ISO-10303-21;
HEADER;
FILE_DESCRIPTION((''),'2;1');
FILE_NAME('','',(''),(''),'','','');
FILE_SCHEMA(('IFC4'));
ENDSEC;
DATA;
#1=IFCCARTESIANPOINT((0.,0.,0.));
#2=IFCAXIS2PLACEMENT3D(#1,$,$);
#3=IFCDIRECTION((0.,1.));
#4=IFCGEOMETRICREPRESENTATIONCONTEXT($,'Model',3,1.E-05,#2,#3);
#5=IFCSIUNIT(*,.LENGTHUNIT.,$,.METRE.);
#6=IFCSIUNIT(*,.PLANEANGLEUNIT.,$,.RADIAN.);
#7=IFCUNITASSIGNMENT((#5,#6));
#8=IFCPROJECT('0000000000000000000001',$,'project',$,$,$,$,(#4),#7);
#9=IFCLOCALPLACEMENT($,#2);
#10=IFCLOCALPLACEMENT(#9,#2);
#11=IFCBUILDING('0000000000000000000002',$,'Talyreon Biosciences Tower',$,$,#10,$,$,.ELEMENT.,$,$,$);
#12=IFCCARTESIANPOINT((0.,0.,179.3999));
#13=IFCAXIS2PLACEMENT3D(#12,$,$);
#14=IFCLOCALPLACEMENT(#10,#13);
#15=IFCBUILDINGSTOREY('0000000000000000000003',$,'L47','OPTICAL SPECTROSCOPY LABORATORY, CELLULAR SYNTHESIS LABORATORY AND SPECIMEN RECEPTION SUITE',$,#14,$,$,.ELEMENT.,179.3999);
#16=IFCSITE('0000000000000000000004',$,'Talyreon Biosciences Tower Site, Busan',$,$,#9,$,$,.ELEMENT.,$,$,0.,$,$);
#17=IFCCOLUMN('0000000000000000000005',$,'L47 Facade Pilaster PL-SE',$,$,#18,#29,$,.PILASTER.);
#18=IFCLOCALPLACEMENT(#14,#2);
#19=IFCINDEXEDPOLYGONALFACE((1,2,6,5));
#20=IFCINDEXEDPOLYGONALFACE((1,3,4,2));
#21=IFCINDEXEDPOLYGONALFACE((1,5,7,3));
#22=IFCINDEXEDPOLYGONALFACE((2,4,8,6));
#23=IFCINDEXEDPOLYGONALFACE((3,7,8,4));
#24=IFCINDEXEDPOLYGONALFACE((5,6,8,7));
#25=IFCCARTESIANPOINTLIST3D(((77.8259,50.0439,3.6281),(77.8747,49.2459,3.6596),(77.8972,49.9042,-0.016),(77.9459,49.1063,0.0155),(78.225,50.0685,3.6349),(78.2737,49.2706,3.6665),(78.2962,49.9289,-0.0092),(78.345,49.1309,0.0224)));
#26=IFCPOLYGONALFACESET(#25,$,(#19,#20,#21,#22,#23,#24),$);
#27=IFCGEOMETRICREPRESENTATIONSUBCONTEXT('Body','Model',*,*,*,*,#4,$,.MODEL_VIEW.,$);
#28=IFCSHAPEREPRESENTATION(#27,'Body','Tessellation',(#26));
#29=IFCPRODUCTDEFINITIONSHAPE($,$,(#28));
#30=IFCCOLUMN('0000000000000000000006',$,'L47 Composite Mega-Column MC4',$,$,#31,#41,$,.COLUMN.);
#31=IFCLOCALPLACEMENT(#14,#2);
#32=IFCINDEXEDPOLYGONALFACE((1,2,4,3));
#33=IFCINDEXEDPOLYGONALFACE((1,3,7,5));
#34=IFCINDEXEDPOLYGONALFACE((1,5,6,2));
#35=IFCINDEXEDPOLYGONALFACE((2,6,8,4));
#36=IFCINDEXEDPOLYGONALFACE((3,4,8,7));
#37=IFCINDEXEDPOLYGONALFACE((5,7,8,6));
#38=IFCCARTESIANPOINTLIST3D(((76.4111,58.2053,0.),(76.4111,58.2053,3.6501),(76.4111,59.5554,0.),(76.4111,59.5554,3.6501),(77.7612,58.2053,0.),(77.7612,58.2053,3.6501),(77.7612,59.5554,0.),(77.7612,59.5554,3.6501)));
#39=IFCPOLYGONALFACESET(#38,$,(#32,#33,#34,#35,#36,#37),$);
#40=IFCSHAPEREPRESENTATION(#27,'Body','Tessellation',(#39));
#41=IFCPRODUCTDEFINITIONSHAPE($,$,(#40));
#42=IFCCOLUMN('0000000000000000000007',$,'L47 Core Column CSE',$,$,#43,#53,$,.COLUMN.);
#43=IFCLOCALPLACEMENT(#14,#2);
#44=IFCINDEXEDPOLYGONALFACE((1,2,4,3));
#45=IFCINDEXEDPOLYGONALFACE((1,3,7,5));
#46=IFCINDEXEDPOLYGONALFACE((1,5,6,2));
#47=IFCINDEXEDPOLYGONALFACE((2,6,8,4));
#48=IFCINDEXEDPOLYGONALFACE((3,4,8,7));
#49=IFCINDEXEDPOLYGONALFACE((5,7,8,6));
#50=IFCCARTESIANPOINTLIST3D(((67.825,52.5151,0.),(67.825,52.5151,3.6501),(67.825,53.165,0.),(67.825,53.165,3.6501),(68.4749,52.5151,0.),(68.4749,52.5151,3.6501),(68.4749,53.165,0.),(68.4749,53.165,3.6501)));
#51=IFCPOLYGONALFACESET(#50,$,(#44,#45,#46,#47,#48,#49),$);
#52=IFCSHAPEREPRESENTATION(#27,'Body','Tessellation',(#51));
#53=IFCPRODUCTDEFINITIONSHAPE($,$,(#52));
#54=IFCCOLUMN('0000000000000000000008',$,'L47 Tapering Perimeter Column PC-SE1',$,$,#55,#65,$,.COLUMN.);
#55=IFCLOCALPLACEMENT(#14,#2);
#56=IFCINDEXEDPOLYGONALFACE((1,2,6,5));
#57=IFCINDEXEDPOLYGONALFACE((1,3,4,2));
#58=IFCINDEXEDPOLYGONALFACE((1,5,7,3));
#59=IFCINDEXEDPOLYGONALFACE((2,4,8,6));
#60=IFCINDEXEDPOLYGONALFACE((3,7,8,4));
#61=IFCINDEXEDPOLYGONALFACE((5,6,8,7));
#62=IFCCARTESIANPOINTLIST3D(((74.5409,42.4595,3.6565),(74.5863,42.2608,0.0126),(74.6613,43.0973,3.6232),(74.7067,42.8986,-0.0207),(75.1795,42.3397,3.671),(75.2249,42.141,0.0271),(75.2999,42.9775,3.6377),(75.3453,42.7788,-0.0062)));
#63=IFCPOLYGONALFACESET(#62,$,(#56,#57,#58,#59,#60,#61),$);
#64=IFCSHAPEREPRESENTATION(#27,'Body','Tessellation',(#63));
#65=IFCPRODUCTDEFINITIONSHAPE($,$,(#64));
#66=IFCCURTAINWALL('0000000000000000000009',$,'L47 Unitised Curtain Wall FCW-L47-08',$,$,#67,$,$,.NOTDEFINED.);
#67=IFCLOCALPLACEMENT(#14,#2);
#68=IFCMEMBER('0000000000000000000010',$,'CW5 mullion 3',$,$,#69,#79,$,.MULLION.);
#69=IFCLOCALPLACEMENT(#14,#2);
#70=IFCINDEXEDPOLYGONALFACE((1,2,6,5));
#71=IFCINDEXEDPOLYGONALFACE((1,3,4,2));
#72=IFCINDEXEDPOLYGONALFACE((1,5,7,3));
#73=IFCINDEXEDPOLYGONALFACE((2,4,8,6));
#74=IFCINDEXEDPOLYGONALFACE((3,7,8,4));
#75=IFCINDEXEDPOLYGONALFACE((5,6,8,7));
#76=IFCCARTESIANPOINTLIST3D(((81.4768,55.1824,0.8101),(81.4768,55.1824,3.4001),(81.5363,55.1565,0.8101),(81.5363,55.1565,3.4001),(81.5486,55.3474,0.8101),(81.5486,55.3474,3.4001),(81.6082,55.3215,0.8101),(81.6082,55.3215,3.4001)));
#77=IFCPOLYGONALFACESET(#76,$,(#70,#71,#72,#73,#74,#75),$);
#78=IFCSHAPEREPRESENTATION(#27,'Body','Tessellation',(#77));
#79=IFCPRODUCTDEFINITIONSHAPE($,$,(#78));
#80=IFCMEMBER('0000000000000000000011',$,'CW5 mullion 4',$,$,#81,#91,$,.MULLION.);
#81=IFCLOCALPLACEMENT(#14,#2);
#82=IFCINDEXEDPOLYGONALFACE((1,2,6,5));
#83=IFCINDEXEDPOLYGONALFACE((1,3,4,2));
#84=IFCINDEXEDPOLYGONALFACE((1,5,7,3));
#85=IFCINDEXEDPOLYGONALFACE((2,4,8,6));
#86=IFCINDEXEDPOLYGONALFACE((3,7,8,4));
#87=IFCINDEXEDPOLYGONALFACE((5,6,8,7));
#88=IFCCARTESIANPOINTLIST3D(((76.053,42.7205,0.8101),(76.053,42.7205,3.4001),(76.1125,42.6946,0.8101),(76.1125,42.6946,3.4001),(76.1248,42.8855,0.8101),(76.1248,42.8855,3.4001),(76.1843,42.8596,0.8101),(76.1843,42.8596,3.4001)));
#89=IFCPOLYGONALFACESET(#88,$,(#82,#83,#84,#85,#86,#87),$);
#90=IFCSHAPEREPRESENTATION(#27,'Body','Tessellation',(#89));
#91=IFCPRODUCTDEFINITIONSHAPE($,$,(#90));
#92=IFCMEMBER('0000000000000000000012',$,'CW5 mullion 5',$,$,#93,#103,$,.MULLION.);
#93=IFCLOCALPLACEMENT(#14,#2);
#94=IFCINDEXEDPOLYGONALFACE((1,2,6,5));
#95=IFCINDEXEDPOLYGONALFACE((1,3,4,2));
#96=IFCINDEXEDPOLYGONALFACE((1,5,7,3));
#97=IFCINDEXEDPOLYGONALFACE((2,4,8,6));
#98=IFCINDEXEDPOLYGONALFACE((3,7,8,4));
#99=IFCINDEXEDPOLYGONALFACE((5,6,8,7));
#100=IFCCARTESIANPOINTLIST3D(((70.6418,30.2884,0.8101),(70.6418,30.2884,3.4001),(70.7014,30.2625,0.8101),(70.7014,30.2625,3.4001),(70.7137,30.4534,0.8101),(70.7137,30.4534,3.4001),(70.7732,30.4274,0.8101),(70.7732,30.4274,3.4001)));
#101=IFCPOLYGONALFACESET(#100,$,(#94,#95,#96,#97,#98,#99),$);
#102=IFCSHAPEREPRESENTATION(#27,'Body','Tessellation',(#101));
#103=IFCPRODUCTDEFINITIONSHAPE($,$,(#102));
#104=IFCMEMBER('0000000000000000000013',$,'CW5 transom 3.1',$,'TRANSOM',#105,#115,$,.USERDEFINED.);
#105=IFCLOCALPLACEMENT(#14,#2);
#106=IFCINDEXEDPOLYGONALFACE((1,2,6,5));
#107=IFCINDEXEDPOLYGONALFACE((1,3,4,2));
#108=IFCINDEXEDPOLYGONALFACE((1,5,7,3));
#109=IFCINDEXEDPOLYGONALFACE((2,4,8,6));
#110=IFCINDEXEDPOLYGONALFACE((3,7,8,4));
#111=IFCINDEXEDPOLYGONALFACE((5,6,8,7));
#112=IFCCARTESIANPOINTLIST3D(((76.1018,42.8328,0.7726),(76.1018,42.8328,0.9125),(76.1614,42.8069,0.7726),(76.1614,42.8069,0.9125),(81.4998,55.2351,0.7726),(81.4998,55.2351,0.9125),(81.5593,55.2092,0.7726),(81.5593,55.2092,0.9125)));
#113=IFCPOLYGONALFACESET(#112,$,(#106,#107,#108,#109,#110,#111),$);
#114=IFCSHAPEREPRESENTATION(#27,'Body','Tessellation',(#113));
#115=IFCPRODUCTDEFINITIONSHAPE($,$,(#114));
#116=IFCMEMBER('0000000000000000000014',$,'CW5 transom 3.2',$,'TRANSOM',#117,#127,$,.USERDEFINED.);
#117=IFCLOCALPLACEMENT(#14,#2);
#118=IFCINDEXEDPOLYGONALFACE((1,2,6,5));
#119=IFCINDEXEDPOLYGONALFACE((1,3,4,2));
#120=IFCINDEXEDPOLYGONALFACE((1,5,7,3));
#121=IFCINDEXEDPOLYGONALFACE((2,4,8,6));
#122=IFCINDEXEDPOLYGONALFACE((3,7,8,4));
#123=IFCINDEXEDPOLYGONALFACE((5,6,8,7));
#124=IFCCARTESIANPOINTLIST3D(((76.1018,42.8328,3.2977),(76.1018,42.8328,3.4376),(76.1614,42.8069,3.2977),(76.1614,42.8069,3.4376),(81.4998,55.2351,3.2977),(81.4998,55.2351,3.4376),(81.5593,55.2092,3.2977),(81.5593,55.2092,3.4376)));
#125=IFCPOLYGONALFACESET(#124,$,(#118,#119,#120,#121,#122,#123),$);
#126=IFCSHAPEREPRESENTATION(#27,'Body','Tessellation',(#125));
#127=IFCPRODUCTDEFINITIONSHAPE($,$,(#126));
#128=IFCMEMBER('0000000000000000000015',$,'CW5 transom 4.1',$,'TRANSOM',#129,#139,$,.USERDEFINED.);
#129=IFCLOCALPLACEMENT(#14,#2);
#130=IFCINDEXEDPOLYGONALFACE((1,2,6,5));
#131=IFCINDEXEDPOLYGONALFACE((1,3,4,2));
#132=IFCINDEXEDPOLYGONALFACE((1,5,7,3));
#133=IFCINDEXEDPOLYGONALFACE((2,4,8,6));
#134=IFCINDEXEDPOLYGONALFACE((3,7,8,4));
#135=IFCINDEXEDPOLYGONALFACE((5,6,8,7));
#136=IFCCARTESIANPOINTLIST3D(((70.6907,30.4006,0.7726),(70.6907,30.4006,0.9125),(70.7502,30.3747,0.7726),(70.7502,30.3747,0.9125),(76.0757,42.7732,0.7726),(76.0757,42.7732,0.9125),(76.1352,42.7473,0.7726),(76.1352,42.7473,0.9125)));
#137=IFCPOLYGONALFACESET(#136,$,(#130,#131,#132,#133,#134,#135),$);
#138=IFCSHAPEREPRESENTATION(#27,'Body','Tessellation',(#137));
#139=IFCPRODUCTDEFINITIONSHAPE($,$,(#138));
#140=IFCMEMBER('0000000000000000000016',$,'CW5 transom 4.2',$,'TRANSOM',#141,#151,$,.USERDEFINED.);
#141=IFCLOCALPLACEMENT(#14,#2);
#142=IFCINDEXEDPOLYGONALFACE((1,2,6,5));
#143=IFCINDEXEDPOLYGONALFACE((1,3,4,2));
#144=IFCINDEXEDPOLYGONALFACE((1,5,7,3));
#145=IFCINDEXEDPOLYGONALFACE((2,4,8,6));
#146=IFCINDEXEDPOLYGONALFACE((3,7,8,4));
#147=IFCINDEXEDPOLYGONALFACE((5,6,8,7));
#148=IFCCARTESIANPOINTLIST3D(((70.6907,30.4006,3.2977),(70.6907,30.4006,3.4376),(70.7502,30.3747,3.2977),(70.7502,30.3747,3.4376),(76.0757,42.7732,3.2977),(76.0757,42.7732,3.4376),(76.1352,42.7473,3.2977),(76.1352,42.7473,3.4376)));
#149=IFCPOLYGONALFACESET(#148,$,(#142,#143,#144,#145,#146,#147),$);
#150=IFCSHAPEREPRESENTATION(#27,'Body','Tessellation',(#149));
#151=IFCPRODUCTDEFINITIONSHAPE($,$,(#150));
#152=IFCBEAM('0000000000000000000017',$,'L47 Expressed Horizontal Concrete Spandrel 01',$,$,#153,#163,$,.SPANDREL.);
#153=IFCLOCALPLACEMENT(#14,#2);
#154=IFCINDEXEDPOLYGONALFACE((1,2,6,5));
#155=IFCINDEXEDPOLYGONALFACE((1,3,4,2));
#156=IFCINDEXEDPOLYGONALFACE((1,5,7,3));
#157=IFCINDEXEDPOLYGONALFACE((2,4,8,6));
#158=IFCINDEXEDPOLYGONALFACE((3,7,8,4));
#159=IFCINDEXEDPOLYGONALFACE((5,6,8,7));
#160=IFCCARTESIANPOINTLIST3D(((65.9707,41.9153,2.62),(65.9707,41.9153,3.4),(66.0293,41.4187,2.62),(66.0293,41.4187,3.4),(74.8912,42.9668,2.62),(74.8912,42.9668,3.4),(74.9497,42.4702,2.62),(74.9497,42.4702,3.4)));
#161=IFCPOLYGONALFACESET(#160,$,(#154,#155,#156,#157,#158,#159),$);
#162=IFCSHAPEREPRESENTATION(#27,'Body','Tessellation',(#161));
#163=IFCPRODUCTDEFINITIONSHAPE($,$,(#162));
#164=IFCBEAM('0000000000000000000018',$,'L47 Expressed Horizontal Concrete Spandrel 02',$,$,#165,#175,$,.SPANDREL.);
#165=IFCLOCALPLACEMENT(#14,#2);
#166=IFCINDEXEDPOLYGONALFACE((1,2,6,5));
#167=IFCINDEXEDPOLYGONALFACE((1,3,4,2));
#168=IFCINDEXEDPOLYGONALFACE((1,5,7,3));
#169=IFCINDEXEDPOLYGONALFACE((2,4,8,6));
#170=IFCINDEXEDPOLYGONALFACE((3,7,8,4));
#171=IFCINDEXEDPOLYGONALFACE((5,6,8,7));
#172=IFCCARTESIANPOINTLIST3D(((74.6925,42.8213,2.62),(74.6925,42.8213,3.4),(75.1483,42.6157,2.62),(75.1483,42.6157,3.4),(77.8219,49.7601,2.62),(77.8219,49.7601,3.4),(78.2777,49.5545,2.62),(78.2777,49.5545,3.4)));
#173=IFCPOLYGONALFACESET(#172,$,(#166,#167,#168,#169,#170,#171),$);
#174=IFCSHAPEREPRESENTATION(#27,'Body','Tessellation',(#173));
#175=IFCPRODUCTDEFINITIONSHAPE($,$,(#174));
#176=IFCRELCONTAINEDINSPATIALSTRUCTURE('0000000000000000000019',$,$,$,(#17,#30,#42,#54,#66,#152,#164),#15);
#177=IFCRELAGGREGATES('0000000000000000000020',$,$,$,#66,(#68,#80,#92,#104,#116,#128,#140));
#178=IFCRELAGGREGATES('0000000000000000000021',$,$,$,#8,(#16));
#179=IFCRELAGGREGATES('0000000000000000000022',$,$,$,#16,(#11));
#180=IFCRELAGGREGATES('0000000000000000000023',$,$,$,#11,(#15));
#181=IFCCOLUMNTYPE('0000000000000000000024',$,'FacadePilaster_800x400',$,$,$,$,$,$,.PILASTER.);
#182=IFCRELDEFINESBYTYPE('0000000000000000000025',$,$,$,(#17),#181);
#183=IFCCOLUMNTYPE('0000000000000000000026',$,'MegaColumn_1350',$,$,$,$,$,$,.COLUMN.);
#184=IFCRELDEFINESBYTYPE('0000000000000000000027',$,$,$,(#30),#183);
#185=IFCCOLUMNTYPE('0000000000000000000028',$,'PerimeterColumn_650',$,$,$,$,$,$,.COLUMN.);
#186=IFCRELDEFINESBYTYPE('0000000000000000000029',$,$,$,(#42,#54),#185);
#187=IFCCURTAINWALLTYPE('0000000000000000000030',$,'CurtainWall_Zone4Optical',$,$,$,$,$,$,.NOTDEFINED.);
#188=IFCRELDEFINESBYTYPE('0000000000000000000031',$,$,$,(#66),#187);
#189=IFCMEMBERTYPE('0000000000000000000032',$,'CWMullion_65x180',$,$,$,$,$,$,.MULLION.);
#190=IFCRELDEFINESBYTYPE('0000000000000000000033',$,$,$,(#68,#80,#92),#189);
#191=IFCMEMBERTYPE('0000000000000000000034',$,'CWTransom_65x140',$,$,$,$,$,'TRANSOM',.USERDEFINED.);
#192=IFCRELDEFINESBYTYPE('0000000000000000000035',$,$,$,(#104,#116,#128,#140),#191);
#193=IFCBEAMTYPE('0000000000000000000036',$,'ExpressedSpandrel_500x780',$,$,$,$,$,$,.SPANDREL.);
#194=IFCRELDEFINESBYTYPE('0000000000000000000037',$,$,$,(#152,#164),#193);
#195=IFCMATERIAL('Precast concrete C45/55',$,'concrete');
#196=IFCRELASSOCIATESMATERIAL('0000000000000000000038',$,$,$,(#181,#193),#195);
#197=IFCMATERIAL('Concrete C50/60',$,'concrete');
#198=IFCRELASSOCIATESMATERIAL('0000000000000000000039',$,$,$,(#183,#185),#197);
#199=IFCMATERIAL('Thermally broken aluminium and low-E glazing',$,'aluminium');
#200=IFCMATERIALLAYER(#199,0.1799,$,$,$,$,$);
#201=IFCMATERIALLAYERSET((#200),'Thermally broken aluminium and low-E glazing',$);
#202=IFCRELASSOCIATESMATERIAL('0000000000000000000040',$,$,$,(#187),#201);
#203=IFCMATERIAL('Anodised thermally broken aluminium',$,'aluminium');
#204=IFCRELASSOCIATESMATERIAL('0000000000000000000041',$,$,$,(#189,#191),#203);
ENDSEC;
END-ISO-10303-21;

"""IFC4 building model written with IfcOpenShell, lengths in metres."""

from ifc_helpers import new_model, si_unit, direction, frame, origin, origin_2d, place, context, subcontext, project, spatial, rectangle, extrude, material, layer, layer_set, material_profile, profile_set, type_object, element, aggregate, save


model = new_model("IFC4")

# Units and contexts
model_context = context("Model", 3, precision=1e-05, world=origin(), true_north=direction((0.0, 1.0)))
body_context = subcontext(model_context, "Body", "Model", "MODEL_VIEW")
ifc_project = project(units=[si_unit("LENGTHUNIT", "METRE"), si_unit("PLANEANGLEUNIT", "RADIAN")], contexts=[model_context])

# Site, building, storey
site_placement = place(None, origin())
site = spatial("IfcSite", under=ifc_project, at=site_placement, Name="Talyreon Biosciences Tower Site, Busan", CompositionType="ELEMENT", RefElevation=0.0)
building_placement = place(site_placement, origin())
building = spatial("IfcBuilding", under=site, at=building_placement, Name="Talyreon Biosciences Tower", CompositionType="ELEMENT")
storey_placement = place(building_placement, frame((0.0, 0.0, 179.3999)))
storey = spatial("IfcBuildingStorey", under=building, at=storey_placement, Name="L47", Description="OPTICAL SPECTROSCOPY LABORATORY, CELLULAR SYNTHESIS LABORATORY AND SPECIMEN RECEPTION SUITE", CompositionType="ELEMENT", Elevation=179.3999)

# Columns
ifc_material_1 = material(Name="Precast concrete C45/55", Category="concrete")
ifc_material_profile_1 = material_profile(ifc_material_1, rectangle(XDim=0.8, YDim=0.3999, at=origin_2d()), Name="RC 800x400")
ifc_profile_set_1 = profile_set([ifc_material_profile_1], Name="Precast concrete C45/55")
column_type_1 = type_object("IfcColumnType", Name="FacadePilaster_800x400", PredefinedType="PILASTER", material=ifc_profile_set_1)
column_1_placement = place(storey_placement, frame((78.1211, 49.5176, 0.0032), z_axis=(-0.019545, 0.038287, 0.999076), x_axis=(0.060974, -0.997361, 0.039414)))
element("IfcColumn", 1, at=column_1_placement, inside=storey, type_object=column_type_1, Name="L47 Facade Pilaster PL-SE", PredefinedType="PILASTER", context=body_context, shape_type="SweptSolid", body=[
    extrude(rectangle(XDim=0.8, YDim=0.3999, at=origin_2d()), origin(), (0.0, 0.0, 1.0), 3.6475),
])
ifc_material_2 = material(Name="Concrete C50/60", Category="concrete")
ifc_material_profile_2 = material_profile(ifc_material_2, rectangle(XDim=1.3501, YDim=1.3501, at=origin_2d()), Name="RC 1350x1350")
ifc_profile_set_2 = profile_set([ifc_material_profile_2], Name="Concrete C50/60")
column_type_2 = type_object("IfcColumnType", Name="MegaColumn_1350", PredefinedType="COLUMN", material=ifc_profile_set_2)
column_2_placement = place(storey_placement, frame((77.0862, 58.8804, 0.0), z_axis=(0.0, 0.0, 1.0), x_axis=(1.0, 0.0, 0.0)))
element("IfcColumn", 2, at=column_2_placement, inside=storey, type_object=column_type_2, Name="L47 Composite Mega-Column MC4", PredefinedType="COLUMN", context=body_context, shape_type="SweptSolid", body=[
    extrude(rectangle(XDim=1.3501, YDim=1.3501, at=origin_2d()), origin(), (0.0, 0.0, 1.0), 3.6501),
])
ifc_material_profile_3 = material_profile(ifc_material_2, rectangle(XDim=0.6499, YDim=0.6499, at=origin_2d()), Name="RC 650x650")
ifc_profile_set_3 = profile_set([ifc_material_profile_3], Name="Concrete C50/60")
column_type_3 = type_object("IfcColumnType", Name="PerimeterColumn_650", PredefinedType="COLUMN", material=ifc_profile_set_3)
column_3_placement = place(storey_placement, frame((68.1499, 52.8401, 0.0), z_axis=(0.0, 0.0, 1.0), x_axis=(1.0, 0.0, 0.0)))
element("IfcColumn", 3, at=column_3_placement, inside=storey, type_object=column_type_3, Name="L47 Core Column CSE", PredefinedType="COLUMN", context=body_context, shape_type="SweptSolid", body=[
    extrude(rectangle(XDim=0.6499, YDim=0.6499, at=origin_2d()), origin(), (0.0, 0.0, 1.0), 3.6501),
])
column_4_placement = place(storey_placement, frame((74.9658, 42.5198, 0.0032), z_axis=(-0.012442, 0.054451, 0.998439), x_axis=(-0.185211, -0.981364, 0.051211)))
element("IfcColumn", 4, at=column_4_placement, inside=storey, type_object=column_type_3, Name="L47 Tapering Perimeter Column PC-SE1", PredefinedType="COLUMN", context=body_context, shape_type="SweptSolid", body=[
    extrude(rectangle(XDim=0.6499, YDim=0.6499, at=origin_2d()), origin(), (0.0, 0.0, 1.0), 3.6497),
])

# Curtain wall, members
ifc_material_3 = material(Name="Thermally broken aluminium and low-E glazing", Category="aluminium")
ifc_layer_1 = layer(ifc_material_3, 0.1799)
ifc_layer_set_1 = layer_set([ifc_layer_1], Name="Thermally broken aluminium and low-E glazing")
curtain_wall_type = type_object("IfcCurtainWallType", Name="CurtainWall_Zone4Optical", PredefinedType="NOTDEFINED", material=ifc_layer_set_1)
curtain_wall_placement = place(storey_placement, origin())
curtain_wall = element("IfcCurtainWall", 5, at=curtain_wall_placement, inside=storey, type_object=curtain_wall_type, Name="L47 Unitised Curtain Wall FCW-L47-08", PredefinedType="NOTDEFINED")
ifc_material_4 = material(Name="Anodised thermally broken aluminium", Category="aluminium")
ifc_material_profile_4 = material_profile(ifc_material_4, rectangle(XDim=0.0649, YDim=0.1799, at=origin_2d()), Name="ALUM MULLION 65x180")
ifc_profile_set_4 = profile_set([ifc_material_profile_4], Name="Anodised thermally broken aluminium")
member_type_1 = type_object("IfcMemberType", Name="CWMullion_65x180", PredefinedType="MULLION", material=ifc_profile_set_4)
member_1_placement = place(storey_placement, frame((81.5425, 55.252, 0.8101), z_axis=(0.0, 0.0, 1.0), x_axis=(0.916912, -0.399089, 0.0)))
member_1 = element("IfcMember", 6, at=member_1_placement, type_object=member_type_1, Name="CW5 mullion 3", PredefinedType="MULLION", context=body_context, shape_type="SweptSolid", body=[
    extrude(rectangle(XDim=0.0649, YDim=0.1799, at=origin_2d()), origin(), (0.0, 0.0, 1.0), 2.5901),
])
member_2_placement = place(storey_placement, frame((76.1187, 42.79, 0.8101), z_axis=(0.0, 0.0, 1.0), x_axis=(0.916912, -0.399089, 0.0)))
member_2 = element("IfcMember", 7, at=member_2_placement, type_object=member_type_1, Name="CW5 mullion 4", PredefinedType="MULLION", context=body_context, shape_type="SweptSolid", body=[
    extrude(rectangle(XDim=0.0649, YDim=0.1799, at=origin_2d()), origin(), (0.0, 0.0, 1.0), 2.5901),
])
member_3_placement = place(storey_placement, frame((70.7075, 30.3579, 0.8101), z_axis=(0.0, 0.0, 1.0), x_axis=(0.916912, -0.399089, 0.0)))
member_3 = element("IfcMember", 8, at=member_3_placement, type_object=member_type_1, Name="CW5 mullion 5", PredefinedType="MULLION", context=body_context, shape_type="SweptSolid", body=[
    extrude(rectangle(XDim=0.0649, YDim=0.1799, at=origin_2d()), origin(), (0.0, 0.0, 1.0), 2.5901),
])
ifc_material_profile_5 = material_profile(ifc_material_4, rectangle(XDim=0.0649, YDim=0.1399, at=origin_2d()), Name="ALUM TRANSOM 65x140")
ifc_profile_set_5 = profile_set([ifc_material_profile_5], Name="Anodised thermally broken aluminium")
member_type_2 = type_object("IfcMemberType", Name="CWTransom_65x140", ElementType="TRANSOM", PredefinedType="USERDEFINED", material=ifc_profile_set_5)
member_4_placement = place(storey_placement, frame((81.5295, 55.2222, 0.8425), z_axis=(-0.399076, -0.916918, 0.0), x_axis=(0.916918, -0.399076, 0.0)))
member_4 = element("IfcMember", 9, at=member_4_placement, type_object=member_type_2, Name="CW5 transom 3.1", ObjectType="TRANSOM", PredefinedType="USERDEFINED", context=body_context, shape_type="SweptSolid", body=[
    extrude(rectangle(XDim=0.0649, YDim=0.1399, at=origin_2d()), origin(), (0.0, 0.0, 1.0), 13.5261),
])
member_5_placement = place(storey_placement, frame((81.5295, 55.2222, 3.3677), z_axis=(-0.399076, -0.916918, 0.0), x_axis=(0.916918, -0.399076, 0.0)))
member_5 = element("IfcMember", 10, at=member_5_placement, type_object=member_type_2, Name="CW5 transom 3.2", ObjectType="TRANSOM", PredefinedType="USERDEFINED", context=body_context, shape_type="SweptSolid", body=[
    extrude(rectangle(XDim=0.0649, YDim=0.1399, at=origin_2d()), origin(), (0.0, 0.0, 1.0), 13.5261),
])
member_6_placement = place(storey_placement, frame((76.1055, 42.7603, 0.8425), z_axis=(-0.399077, -0.916917, 0.0), x_axis=(0.916917, -0.399077, 0.0)))
member_6 = element("IfcMember", 11, at=member_6_placement, type_object=member_type_2, Name="CW5 transom 4.1", ObjectType="TRANSOM", PredefinedType="USERDEFINED", context=body_context, shape_type="SweptSolid", body=[
    extrude(rectangle(XDim=0.0649, YDim=0.1399, at=origin_2d()), origin(), (0.0, 0.0, 1.0), 13.4937),
])
member_7_placement = place(storey_placement, frame((76.1055, 42.7603, 3.3677), z_axis=(-0.399077, -0.916917, 0.0), x_axis=(0.916917, -0.399077, 0.0)))
member_7 = element("IfcMember", 12, at=member_7_placement, type_object=member_type_2, Name="CW5 transom 4.2", ObjectType="TRANSOM", PredefinedType="USERDEFINED", context=body_context, shape_type="SweptSolid", body=[
    extrude(rectangle(XDim=0.0649, YDim=0.1399, at=origin_2d()), origin(), (0.0, 0.0, 1.0), 13.4937),
])

# Beams
ifc_material_profile_6 = material_profile(ifc_material_1, rectangle(XDim=0.5, YDim=0.78, at=origin_2d()), Name="RCB 500x780")
ifc_profile_set_6 = profile_set([ifc_material_profile_6], Name="Precast concrete C45/55")
beam_type_1 = type_object("IfcBeamType", Name="ExpressedSpandrel_500x780", PredefinedType="SPANDREL", material=ifc_profile_set_6)
beam_1_placement = place(storey_placement, frame((66.0, 41.667, 3.01), z_axis=(0.993124, 0.117067, 0.0), x_axis=(-0.117067, 0.993124, 0.0)))
element("IfcBeam", 13, at=beam_1_placement, inside=storey, type_object=beam_type_1, Name="L47 Expressed Horizontal Concrete Spandrel 01", PredefinedType="SPANDREL", context=body_context, shape_type="SweptSolid", body=[
    extrude(rectangle(XDim=0.5, YDim=0.78, at=origin_2d()), origin(), (0.0, 0.0, 1.0), 8.9822),
])
beam_2_placement = place(storey_placement, frame((74.9204, 42.7185, 3.01), z_axis=(0.411126, 0.911579, 0.0), x_axis=(-0.911579, 0.411126, 0.0)))
element("IfcBeam", 14, at=beam_2_placement, inside=storey, type_object=beam_type_1, Name="L47 Expressed Horizontal Concrete Spandrel 02", PredefinedType="SPANDREL", context=body_context, shape_type="SweptSolid", body=[
    extrude(rectangle(XDim=0.5, YDim=0.78, at=origin_2d()), origin(), (0.0, 0.0, 1.0), 7.6118),
])

aggregate(curtain_wall, [member_1, member_2, member_3, member_4, member_5, member_6, member_7])

save(model, "model.ifc")
